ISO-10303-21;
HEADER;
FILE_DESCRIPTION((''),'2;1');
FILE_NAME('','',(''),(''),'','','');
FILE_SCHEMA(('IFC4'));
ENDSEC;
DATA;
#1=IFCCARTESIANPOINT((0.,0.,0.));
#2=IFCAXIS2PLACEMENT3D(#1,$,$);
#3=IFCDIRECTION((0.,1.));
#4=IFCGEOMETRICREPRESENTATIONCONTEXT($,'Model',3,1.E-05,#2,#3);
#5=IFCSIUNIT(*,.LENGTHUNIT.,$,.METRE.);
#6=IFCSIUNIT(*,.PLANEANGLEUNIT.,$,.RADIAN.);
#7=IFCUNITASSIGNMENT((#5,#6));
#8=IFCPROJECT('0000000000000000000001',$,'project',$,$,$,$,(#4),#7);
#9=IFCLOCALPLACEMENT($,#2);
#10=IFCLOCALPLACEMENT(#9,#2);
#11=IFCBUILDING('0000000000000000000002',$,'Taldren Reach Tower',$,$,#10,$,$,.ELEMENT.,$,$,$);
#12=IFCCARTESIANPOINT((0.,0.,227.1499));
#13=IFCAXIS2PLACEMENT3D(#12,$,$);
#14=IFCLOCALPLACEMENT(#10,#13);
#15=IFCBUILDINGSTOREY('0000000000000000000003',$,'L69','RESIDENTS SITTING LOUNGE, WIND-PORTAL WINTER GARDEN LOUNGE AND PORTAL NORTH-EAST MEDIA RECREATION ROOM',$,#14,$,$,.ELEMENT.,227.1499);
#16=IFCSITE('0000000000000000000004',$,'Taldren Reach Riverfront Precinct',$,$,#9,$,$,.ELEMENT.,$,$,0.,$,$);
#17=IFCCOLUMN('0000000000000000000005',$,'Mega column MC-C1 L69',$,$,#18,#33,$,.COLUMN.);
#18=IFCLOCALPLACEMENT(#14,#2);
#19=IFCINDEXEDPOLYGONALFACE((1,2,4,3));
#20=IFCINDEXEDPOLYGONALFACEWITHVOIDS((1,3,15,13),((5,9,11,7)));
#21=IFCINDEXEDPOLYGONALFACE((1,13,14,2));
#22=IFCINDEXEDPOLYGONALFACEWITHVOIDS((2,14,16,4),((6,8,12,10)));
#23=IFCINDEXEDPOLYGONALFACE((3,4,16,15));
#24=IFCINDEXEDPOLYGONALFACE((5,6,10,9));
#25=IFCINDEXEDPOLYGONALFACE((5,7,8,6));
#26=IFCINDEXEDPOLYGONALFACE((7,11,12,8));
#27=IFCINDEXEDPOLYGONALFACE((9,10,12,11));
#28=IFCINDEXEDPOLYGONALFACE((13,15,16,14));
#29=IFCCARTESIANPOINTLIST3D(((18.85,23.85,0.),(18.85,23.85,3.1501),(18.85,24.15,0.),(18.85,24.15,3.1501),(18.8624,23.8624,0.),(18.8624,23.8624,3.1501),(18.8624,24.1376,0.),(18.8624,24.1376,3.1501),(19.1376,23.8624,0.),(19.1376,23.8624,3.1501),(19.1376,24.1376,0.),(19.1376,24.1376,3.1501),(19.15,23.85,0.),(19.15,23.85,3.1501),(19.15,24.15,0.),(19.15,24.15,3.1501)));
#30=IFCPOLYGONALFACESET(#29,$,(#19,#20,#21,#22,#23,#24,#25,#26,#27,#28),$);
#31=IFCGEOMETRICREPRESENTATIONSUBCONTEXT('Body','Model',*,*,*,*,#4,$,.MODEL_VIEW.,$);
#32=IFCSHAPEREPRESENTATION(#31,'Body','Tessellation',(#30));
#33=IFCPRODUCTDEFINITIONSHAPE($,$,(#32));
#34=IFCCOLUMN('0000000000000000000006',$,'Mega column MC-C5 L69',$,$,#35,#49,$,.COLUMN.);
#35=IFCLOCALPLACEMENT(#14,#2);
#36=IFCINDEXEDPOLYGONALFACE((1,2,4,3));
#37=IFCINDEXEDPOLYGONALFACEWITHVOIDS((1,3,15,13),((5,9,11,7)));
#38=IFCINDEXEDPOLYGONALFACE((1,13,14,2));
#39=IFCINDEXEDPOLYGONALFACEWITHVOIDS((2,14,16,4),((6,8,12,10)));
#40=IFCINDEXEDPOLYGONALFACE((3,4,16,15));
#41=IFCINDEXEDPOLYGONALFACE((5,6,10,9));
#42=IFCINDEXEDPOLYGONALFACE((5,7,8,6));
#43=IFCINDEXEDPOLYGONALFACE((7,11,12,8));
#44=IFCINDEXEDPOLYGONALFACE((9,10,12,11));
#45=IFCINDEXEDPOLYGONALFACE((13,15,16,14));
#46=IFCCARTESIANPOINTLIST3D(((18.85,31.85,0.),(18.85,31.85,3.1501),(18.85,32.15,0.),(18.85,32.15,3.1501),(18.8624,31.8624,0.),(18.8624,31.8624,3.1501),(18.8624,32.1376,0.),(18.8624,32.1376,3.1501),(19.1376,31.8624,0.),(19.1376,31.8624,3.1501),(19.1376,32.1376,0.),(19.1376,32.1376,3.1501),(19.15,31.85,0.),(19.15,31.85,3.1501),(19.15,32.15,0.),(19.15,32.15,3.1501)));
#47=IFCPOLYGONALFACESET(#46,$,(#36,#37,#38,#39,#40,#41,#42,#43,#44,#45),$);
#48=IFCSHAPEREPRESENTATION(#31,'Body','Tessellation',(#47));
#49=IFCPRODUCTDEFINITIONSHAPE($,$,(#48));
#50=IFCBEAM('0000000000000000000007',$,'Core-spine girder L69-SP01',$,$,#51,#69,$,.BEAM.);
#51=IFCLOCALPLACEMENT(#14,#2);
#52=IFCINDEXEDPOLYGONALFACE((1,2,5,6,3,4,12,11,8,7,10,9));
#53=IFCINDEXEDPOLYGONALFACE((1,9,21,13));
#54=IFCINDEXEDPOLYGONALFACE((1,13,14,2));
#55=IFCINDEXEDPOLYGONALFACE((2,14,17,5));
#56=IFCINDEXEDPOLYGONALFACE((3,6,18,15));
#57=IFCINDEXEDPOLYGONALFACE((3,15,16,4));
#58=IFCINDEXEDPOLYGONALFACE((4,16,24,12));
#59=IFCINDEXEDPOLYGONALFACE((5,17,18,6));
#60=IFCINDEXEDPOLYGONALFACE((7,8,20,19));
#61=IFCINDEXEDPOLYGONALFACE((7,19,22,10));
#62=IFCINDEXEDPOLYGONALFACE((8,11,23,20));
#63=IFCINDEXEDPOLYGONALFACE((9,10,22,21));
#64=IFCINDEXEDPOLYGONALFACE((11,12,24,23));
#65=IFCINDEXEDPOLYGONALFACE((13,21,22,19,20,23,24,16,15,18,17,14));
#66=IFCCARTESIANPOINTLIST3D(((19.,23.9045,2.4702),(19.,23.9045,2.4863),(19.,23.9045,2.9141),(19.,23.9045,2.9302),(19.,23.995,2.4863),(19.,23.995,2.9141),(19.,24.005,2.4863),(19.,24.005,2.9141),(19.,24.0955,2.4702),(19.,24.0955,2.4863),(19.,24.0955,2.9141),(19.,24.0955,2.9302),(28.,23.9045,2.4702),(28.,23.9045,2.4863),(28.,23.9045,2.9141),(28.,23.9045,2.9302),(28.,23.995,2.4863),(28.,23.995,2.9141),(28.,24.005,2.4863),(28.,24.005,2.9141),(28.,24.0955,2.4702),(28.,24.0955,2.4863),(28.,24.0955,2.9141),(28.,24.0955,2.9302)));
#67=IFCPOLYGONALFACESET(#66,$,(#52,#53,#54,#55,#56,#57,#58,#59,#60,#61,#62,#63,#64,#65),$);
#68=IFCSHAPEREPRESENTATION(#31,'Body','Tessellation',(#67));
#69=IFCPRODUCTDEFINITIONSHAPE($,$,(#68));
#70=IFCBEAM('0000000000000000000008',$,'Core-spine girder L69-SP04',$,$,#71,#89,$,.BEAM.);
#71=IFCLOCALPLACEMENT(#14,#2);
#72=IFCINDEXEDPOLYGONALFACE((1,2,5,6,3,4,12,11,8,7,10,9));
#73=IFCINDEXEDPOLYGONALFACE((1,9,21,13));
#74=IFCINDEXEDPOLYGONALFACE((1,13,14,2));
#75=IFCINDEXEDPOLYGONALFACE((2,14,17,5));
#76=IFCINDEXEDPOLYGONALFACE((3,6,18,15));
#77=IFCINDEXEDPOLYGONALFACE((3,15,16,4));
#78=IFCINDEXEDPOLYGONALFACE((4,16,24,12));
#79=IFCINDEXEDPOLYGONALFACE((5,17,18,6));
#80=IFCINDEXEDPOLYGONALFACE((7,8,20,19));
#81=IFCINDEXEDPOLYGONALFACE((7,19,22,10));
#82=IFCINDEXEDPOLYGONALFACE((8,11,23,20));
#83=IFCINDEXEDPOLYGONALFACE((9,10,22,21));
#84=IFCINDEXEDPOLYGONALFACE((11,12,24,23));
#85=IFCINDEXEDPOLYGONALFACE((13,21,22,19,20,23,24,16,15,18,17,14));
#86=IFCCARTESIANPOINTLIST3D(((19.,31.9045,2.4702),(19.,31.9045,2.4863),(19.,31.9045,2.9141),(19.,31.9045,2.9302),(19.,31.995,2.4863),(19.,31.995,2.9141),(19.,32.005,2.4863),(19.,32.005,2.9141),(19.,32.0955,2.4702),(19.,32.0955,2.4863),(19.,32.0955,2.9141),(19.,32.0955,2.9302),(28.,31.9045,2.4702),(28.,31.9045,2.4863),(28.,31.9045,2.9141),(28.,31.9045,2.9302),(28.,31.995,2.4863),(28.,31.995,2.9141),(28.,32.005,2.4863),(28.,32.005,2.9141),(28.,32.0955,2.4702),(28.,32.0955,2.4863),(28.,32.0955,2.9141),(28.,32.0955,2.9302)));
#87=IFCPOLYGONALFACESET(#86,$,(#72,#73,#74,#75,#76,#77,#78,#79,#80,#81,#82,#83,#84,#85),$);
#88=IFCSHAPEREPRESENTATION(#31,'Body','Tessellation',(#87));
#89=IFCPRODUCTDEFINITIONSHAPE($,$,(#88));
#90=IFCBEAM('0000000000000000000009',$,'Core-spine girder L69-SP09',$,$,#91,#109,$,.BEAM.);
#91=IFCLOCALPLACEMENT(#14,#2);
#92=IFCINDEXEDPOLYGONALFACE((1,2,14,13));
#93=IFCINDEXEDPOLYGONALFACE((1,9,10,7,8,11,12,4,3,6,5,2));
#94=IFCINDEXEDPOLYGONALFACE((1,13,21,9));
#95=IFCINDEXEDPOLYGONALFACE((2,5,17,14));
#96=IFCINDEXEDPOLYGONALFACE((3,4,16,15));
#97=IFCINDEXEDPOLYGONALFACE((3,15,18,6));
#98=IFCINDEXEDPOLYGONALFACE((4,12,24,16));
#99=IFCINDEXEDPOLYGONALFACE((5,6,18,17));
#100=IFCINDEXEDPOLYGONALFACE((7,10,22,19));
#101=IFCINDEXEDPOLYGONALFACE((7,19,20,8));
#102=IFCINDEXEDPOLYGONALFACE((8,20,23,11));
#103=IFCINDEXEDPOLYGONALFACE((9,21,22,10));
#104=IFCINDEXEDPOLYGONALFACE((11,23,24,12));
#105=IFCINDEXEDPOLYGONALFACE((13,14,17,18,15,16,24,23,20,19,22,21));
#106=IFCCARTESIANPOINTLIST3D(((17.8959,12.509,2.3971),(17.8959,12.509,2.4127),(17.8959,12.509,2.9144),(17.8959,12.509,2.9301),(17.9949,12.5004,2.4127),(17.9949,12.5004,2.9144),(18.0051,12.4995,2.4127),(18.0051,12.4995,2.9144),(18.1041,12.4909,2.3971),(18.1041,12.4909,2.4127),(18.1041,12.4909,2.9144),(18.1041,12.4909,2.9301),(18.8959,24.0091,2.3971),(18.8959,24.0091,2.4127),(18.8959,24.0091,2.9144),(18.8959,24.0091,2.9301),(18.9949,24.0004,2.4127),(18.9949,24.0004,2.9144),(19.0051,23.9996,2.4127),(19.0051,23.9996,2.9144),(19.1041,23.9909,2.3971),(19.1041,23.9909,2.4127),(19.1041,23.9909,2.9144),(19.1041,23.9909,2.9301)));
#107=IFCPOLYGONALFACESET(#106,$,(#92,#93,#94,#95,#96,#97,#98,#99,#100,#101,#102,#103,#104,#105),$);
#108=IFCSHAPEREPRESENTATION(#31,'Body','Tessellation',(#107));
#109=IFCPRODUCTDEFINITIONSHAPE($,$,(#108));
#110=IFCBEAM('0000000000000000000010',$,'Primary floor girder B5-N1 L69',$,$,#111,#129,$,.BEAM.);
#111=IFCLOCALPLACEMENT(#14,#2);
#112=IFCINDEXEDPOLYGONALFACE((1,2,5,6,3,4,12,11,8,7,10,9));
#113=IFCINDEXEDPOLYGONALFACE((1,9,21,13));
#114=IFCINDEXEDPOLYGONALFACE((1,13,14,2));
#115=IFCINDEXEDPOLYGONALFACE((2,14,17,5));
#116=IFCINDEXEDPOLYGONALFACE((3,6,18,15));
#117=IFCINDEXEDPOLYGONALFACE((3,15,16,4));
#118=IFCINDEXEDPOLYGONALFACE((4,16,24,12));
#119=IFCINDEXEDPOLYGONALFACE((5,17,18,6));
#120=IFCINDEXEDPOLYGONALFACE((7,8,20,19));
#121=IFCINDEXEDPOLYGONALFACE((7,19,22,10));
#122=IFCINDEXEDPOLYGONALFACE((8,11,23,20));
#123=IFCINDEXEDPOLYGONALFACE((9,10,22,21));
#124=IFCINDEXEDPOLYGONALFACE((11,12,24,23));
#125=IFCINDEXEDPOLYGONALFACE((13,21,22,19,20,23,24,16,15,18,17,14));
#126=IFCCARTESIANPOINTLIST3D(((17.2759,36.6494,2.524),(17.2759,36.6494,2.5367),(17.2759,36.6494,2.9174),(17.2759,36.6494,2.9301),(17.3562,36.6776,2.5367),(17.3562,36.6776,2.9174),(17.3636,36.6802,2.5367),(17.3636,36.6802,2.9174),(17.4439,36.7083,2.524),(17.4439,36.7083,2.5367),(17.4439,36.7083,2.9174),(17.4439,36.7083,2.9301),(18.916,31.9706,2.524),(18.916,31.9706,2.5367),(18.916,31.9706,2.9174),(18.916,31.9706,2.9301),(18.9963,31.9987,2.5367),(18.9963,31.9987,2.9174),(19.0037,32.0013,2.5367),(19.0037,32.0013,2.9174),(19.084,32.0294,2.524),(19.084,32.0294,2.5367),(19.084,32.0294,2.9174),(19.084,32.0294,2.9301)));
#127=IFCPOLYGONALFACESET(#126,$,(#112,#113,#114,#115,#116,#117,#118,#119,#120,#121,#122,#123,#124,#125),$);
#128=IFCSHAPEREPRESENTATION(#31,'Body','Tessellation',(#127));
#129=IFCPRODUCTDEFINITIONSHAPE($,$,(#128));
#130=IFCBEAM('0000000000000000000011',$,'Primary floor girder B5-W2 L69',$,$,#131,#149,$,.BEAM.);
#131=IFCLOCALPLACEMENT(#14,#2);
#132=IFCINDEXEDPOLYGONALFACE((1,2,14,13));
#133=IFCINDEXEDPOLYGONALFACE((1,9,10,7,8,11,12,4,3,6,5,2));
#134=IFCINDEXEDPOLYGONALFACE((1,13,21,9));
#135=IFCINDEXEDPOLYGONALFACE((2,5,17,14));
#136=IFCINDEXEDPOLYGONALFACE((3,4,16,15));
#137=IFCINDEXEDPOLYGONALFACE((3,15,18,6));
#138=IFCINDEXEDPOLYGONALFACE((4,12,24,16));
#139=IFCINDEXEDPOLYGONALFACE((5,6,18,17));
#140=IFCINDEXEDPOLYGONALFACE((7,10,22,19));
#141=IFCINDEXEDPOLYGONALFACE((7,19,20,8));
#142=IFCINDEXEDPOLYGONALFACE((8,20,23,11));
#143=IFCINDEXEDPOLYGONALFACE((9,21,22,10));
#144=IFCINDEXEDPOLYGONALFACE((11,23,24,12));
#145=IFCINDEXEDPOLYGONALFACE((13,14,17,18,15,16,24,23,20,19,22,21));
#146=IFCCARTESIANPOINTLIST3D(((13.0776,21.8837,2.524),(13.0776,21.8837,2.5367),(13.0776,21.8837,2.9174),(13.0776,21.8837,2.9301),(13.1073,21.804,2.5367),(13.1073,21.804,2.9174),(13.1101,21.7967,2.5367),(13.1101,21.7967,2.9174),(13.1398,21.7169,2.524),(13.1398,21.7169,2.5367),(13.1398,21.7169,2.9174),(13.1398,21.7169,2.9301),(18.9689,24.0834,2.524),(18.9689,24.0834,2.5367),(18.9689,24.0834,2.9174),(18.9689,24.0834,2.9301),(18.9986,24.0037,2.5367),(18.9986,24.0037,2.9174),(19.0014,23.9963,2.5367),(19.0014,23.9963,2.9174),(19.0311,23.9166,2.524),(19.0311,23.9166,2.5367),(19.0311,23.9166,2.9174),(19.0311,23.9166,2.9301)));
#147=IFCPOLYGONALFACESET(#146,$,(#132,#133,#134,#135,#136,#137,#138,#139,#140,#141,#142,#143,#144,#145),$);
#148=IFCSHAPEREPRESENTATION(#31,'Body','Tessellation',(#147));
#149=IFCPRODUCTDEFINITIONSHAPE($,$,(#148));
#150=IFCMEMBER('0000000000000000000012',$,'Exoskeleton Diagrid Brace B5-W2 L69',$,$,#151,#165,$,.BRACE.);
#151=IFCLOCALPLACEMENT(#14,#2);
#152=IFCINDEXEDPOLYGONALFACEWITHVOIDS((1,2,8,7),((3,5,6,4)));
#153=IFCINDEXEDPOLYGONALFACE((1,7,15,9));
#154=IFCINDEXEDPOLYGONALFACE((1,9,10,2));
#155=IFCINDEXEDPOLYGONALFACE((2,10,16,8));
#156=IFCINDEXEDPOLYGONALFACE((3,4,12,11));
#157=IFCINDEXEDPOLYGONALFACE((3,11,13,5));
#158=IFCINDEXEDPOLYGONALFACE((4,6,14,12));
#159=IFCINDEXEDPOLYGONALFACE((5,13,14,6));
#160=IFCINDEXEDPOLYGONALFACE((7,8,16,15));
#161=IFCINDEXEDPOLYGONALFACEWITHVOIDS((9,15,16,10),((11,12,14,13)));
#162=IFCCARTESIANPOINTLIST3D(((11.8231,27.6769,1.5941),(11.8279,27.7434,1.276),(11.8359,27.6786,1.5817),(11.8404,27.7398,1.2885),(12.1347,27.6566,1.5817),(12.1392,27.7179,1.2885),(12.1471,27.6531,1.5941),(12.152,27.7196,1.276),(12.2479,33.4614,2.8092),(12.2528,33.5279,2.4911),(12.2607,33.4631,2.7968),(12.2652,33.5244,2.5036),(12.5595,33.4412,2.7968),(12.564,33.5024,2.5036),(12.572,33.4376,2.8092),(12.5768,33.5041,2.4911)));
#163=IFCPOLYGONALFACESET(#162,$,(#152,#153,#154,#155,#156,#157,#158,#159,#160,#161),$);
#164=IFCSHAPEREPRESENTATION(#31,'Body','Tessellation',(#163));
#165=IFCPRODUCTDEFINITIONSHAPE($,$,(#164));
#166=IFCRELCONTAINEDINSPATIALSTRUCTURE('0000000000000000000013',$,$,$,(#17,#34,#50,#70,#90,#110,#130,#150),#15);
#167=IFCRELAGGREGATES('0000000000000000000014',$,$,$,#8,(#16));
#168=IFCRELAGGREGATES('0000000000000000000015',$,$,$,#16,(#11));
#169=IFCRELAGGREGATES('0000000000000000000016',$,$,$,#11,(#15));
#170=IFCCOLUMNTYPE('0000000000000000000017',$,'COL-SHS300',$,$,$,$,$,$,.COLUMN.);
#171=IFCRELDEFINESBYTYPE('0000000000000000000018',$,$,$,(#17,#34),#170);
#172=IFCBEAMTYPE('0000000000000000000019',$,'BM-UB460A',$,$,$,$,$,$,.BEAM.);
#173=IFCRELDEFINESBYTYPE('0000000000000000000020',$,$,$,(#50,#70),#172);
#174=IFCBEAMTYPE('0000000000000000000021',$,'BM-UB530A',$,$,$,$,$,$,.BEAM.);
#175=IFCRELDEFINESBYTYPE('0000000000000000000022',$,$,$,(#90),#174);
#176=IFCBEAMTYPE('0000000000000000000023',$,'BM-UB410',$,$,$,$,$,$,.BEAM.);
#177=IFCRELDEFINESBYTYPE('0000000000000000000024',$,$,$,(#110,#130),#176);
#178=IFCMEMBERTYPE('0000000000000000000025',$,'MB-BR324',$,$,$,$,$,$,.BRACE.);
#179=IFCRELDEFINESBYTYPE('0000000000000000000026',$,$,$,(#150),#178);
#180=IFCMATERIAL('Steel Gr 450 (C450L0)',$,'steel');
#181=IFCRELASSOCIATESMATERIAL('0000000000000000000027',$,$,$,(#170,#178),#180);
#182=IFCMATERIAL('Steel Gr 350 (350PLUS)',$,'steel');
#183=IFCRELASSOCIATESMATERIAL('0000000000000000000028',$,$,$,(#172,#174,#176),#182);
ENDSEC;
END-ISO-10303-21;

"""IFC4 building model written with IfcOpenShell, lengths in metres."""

from ifc_helpers import new_model, si_unit, direction, frame, origin, origin_2d, place, context, subcontext, project, spatial, hollow_rectangle, i_section, extrude, source, transform, mapped, material, material_profile, profile_set, type_object, element, save


model = new_model("IFC4")

# Units and contexts
model_context = context("Model", 3, precision=1e-05, world=origin(), true_north=direction((0.0, 1.0)))
body_context = subcontext(model_context, "Body", "Model", "MODEL_VIEW")
ifc_project = project(units=[si_unit("LENGTHUNIT", "METRE"), si_unit("PLANEANGLEUNIT", "RADIAN")], contexts=[model_context])

# Site, building, storey
site_placement = place(None, origin())
site = spatial("IfcSite", under=ifc_project, at=site_placement, Name="Taldren Reach Riverfront Precinct", CompositionType="ELEMENT", RefElevation=0.0)
building_placement = place(site_placement, origin())
building = spatial("IfcBuilding", under=site, at=building_placement, Name="Taldren Reach Tower", CompositionType="ELEMENT")
storey_placement = place(building_placement, frame((0.0, 0.0, 227.1499)))
storey = spatial("IfcBuildingStorey", under=building, at=storey_placement, Name="L69", Description="RESIDENTS SITTING LOUNGE, WIND-PORTAL WINTER GARDEN LOUNGE AND PORTAL NORTH-EAST MEDIA RECREATION ROOM", CompositionType="ELEMENT", Elevation=227.1499)

# Columns
ifc_material_1 = material(Name="Steel Gr 450 (C450L0)", Category="steel")
ifc_material_profile_1 = material_profile(ifc_material_1, hollow_rectangle(XDim=0.3, YDim=0.3, WallThickness=0.0125, at=origin_2d()), Name="300x300x12.5SHS")
ifc_profile_set_1 = profile_set([ifc_material_profile_1], Name="Steel Gr 450 (C450L0)")
column_type = type_object("IfcColumnType", Name="COL-SHS300", PredefinedType="COLUMN", material=ifc_profile_set_1)
shared_shape_1 = source(origin(), body_context, "Body", "SweptSolid", [
    extrude(hollow_rectangle(XDim=0.3, YDim=0.3, WallThickness=0.0125, at=origin_2d()), origin(), (0.0, 0.0, 1.0), 3.1501),
])
for number, where, z_axis, x_axis, name in (
    (1, (19.0, 24.0, 0.0), (0.0, 0.0, 1.0), (1.0, 0.0, 0.0), "Mega column MC-C1 L69"),
    (2, (19.0, 32.0, 0.0), (0.0, 0.0, 1.0), (1.0, 0.0, 0.0), "Mega column MC-C5 L69"),
):
    element("IfcColumn", number, at=place(storey_placement, frame(where, z_axis=z_axis, x_axis=x_axis)), inside=storey, type_object=column_type, Name=name, PredefinedType="COLUMN", context=body_context, shape_type="MappedRepresentation", body=[
        mapped(shared_shape_1, transform((0.0, 0.0, 0.0), scale=1.0)),
    ])

# Beams
ifc_material_2 = material(Name="Steel Gr 350 (350PLUS)", Category="steel")
ifc_material_profile_2 = material_profile(ifc_material_2, i_section(OverallWidth=0.1909, OverallDepth=0.46, WebThickness=0.01, FlangeThickness=0.0161, at=origin_2d()), Name="460UB82.1")
ifc_profile_set_2 = profile_set([ifc_material_profile_2], Name="Steel Gr 350 (350PLUS)")
beam_type_1 = type_object("IfcBeamType", Name="BM-UB460A", PredefinedType="BEAM", material=ifc_profile_set_2)
shared_shape_2 = source(origin(), body_context, "Body", "SweptSolid", [
    extrude(i_section(OverallWidth=0.1909, OverallDepth=0.46, WebThickness=0.01, FlangeThickness=0.0161, at=origin_2d()), origin(), (0.0, 0.0, 1.0), 9.0),
])
for number, where, z_axis, x_axis, name in (
    (3, (19.0, 24.0, 2.7002), (1.0, 0.0, 0.0), (0.0, 1.0, 0.0), "Core-spine girder L69-SP01"),
    (4, (19.0, 32.0, 2.7002), (1.0, 0.0, 0.0), (0.0, 1.0, 0.0), "Core-spine girder L69-SP04"),
):
    element("IfcBeam", number, at=place(storey_placement, frame(where, z_axis=z_axis, x_axis=x_axis)), inside=storey, type_object=beam_type_1, Name=name, PredefinedType="BEAM", context=body_context, shape_type="MappedRepresentation", body=[
        mapped(shared_shape_2, transform((0.0, 0.0, 0.0), scale=1.0)),
    ])
ifc_material_profile_3 = material_profile(ifc_material_2, i_section(OverallWidth=0.209, OverallDepth=0.533, WebThickness=0.0103, FlangeThickness=0.0156, at=origin_2d()), Name="530UB92.4")
ifc_profile_set_3 = profile_set([ifc_material_profile_3], Name="Steel Gr 350 (350PLUS)")
beam_type_2 = type_object("IfcBeamType", Name="BM-UB530A", PredefinedType="BEAM", material=ifc_profile_set_3)
shared_shape_3 = source(origin(), body_context, "Body", "SweptSolid", [
    extrude(i_section(OverallWidth=0.209, OverallDepth=0.533, WebThickness=0.0103, FlangeThickness=0.0156, at=origin_2d()), origin(), (0.0, 0.0, 1.0), 11.5435),
])
beam_1_placement = place(storey_placement, frame((19.0, 24.0, 2.6636), z_axis=(-0.08663, -0.996241, 0.0), x_axis=(0.996241, -0.08663, 0.0)))
element("IfcBeam", 5, at=beam_1_placement, inside=storey, type_object=beam_type_2, Name="Core-spine girder L69-SP09", PredefinedType="BEAM", context=body_context, shape_type="MappedRepresentation", body=[
    mapped(shared_shape_3, transform((0.0, 0.0, 0.0), scale=1.0)),
])
ifc_material_profile_4 = material_profile(ifc_material_2, i_section(OverallWidth=0.178, OverallDepth=0.406, WebThickness=0.0078, FlangeThickness=0.0127, at=origin_2d()), Name="410UB59.7")
ifc_profile_set_4 = profile_set([ifc_material_profile_4], Name="Steel Gr 350 (350PLUS)")
beam_type_3 = type_object("IfcBeamType", Name="BM-UB410", PredefinedType="BEAM", material=ifc_profile_set_4)
shared_shape_4 = source(origin(), body_context, "Body", "SweptSolid", [
    extrude(i_section(OverallWidth=0.178, OverallDepth=0.406, WebThickness=0.0078, FlangeThickness=0.0127, at=origin_2d()), origin(), (0.0, 0.0, 1.0), 4.958),
])
beam_2_placement = place(storey_placement, frame((19.0, 32.0, 2.7271), z_axis=(-0.3308, 0.943701, 0.0), x_axis=(-0.943701, -0.3308, 0.0)))
element("IfcBeam", 6, at=beam_2_placement, inside=storey, type_object=beam_type_3, Name="Primary floor girder B5-N1 L69", PredefinedType="BEAM", context=body_context, shape_type="MappedRepresentation", body=[
    mapped(shared_shape_4, transform((0.0, 0.0, 0.0), scale=1.0)),
])
shared_shape_5 = source(origin(), body_context, "Body", "SweptSolid", [
    extrude(i_section(OverallWidth=0.178, OverallDepth=0.406, WebThickness=0.0078, FlangeThickness=0.0127, at=origin_2d()), origin(), (0.0, 0.0, 1.0), 6.2886),
])
beam_3_placement = place(storey_placement, frame((19.0, 24.0, 2.7271), z_axis=(-0.936828, -0.349791, 0.0), x_axis=(0.349791, -0.936828, 0.0)))
element("IfcBeam", 7, at=beam_3_placement, inside=storey, type_object=beam_type_3, Name="Primary floor girder B5-W2 L69", PredefinedType="BEAM", context=body_context, shape_type="MappedRepresentation", body=[
    mapped(shared_shape_5, transform((0.0, 0.0, 0.0), scale=1.0)),
])

# Member
ifc_material_profile_5 = material_profile(ifc_material_1, hollow_rectangle(XDim=0.325, YDim=0.325, WallThickness=0.0127, at=origin_2d()), Name="325x325x12.7SHS")
ifc_profile_set_5 = profile_set([ifc_material_profile_5], Name="Steel Gr 450 (C450L0)")
member_type = type_object("IfcMemberType", Name="MB-BR324", PredefinedType="BRACE", material=ifc_profile_set_5)
shared_shape_6 = source(origin(), body_context, "Body", "SweptSolid", [
    extrude(hollow_rectangle(XDim=0.325, YDim=0.325, WallThickness=0.0127, at=origin_2d()), origin(), (0.0, 0.0, 1.0), 5.926),
])
member_placement = place(storey_placement, frame((11.9875, 27.6982, 1.4351), z_axis=(0.071686, 0.976123, 0.205046), x_axis=(-0.997314, 0.073242, 0.0)))
element("IfcMember", 8, at=member_placement, inside=storey, type_object=member_type, Name="Exoskeleton Diagrid Brace B5-W2 L69", PredefinedType="BRACE", context=body_context, shape_type="MappedRepresentation", body=[
    mapped(shared_shape_6, transform((0.0, 0.0, 0.0), scale=1.0)),
])

save(model, "model.ifc")
